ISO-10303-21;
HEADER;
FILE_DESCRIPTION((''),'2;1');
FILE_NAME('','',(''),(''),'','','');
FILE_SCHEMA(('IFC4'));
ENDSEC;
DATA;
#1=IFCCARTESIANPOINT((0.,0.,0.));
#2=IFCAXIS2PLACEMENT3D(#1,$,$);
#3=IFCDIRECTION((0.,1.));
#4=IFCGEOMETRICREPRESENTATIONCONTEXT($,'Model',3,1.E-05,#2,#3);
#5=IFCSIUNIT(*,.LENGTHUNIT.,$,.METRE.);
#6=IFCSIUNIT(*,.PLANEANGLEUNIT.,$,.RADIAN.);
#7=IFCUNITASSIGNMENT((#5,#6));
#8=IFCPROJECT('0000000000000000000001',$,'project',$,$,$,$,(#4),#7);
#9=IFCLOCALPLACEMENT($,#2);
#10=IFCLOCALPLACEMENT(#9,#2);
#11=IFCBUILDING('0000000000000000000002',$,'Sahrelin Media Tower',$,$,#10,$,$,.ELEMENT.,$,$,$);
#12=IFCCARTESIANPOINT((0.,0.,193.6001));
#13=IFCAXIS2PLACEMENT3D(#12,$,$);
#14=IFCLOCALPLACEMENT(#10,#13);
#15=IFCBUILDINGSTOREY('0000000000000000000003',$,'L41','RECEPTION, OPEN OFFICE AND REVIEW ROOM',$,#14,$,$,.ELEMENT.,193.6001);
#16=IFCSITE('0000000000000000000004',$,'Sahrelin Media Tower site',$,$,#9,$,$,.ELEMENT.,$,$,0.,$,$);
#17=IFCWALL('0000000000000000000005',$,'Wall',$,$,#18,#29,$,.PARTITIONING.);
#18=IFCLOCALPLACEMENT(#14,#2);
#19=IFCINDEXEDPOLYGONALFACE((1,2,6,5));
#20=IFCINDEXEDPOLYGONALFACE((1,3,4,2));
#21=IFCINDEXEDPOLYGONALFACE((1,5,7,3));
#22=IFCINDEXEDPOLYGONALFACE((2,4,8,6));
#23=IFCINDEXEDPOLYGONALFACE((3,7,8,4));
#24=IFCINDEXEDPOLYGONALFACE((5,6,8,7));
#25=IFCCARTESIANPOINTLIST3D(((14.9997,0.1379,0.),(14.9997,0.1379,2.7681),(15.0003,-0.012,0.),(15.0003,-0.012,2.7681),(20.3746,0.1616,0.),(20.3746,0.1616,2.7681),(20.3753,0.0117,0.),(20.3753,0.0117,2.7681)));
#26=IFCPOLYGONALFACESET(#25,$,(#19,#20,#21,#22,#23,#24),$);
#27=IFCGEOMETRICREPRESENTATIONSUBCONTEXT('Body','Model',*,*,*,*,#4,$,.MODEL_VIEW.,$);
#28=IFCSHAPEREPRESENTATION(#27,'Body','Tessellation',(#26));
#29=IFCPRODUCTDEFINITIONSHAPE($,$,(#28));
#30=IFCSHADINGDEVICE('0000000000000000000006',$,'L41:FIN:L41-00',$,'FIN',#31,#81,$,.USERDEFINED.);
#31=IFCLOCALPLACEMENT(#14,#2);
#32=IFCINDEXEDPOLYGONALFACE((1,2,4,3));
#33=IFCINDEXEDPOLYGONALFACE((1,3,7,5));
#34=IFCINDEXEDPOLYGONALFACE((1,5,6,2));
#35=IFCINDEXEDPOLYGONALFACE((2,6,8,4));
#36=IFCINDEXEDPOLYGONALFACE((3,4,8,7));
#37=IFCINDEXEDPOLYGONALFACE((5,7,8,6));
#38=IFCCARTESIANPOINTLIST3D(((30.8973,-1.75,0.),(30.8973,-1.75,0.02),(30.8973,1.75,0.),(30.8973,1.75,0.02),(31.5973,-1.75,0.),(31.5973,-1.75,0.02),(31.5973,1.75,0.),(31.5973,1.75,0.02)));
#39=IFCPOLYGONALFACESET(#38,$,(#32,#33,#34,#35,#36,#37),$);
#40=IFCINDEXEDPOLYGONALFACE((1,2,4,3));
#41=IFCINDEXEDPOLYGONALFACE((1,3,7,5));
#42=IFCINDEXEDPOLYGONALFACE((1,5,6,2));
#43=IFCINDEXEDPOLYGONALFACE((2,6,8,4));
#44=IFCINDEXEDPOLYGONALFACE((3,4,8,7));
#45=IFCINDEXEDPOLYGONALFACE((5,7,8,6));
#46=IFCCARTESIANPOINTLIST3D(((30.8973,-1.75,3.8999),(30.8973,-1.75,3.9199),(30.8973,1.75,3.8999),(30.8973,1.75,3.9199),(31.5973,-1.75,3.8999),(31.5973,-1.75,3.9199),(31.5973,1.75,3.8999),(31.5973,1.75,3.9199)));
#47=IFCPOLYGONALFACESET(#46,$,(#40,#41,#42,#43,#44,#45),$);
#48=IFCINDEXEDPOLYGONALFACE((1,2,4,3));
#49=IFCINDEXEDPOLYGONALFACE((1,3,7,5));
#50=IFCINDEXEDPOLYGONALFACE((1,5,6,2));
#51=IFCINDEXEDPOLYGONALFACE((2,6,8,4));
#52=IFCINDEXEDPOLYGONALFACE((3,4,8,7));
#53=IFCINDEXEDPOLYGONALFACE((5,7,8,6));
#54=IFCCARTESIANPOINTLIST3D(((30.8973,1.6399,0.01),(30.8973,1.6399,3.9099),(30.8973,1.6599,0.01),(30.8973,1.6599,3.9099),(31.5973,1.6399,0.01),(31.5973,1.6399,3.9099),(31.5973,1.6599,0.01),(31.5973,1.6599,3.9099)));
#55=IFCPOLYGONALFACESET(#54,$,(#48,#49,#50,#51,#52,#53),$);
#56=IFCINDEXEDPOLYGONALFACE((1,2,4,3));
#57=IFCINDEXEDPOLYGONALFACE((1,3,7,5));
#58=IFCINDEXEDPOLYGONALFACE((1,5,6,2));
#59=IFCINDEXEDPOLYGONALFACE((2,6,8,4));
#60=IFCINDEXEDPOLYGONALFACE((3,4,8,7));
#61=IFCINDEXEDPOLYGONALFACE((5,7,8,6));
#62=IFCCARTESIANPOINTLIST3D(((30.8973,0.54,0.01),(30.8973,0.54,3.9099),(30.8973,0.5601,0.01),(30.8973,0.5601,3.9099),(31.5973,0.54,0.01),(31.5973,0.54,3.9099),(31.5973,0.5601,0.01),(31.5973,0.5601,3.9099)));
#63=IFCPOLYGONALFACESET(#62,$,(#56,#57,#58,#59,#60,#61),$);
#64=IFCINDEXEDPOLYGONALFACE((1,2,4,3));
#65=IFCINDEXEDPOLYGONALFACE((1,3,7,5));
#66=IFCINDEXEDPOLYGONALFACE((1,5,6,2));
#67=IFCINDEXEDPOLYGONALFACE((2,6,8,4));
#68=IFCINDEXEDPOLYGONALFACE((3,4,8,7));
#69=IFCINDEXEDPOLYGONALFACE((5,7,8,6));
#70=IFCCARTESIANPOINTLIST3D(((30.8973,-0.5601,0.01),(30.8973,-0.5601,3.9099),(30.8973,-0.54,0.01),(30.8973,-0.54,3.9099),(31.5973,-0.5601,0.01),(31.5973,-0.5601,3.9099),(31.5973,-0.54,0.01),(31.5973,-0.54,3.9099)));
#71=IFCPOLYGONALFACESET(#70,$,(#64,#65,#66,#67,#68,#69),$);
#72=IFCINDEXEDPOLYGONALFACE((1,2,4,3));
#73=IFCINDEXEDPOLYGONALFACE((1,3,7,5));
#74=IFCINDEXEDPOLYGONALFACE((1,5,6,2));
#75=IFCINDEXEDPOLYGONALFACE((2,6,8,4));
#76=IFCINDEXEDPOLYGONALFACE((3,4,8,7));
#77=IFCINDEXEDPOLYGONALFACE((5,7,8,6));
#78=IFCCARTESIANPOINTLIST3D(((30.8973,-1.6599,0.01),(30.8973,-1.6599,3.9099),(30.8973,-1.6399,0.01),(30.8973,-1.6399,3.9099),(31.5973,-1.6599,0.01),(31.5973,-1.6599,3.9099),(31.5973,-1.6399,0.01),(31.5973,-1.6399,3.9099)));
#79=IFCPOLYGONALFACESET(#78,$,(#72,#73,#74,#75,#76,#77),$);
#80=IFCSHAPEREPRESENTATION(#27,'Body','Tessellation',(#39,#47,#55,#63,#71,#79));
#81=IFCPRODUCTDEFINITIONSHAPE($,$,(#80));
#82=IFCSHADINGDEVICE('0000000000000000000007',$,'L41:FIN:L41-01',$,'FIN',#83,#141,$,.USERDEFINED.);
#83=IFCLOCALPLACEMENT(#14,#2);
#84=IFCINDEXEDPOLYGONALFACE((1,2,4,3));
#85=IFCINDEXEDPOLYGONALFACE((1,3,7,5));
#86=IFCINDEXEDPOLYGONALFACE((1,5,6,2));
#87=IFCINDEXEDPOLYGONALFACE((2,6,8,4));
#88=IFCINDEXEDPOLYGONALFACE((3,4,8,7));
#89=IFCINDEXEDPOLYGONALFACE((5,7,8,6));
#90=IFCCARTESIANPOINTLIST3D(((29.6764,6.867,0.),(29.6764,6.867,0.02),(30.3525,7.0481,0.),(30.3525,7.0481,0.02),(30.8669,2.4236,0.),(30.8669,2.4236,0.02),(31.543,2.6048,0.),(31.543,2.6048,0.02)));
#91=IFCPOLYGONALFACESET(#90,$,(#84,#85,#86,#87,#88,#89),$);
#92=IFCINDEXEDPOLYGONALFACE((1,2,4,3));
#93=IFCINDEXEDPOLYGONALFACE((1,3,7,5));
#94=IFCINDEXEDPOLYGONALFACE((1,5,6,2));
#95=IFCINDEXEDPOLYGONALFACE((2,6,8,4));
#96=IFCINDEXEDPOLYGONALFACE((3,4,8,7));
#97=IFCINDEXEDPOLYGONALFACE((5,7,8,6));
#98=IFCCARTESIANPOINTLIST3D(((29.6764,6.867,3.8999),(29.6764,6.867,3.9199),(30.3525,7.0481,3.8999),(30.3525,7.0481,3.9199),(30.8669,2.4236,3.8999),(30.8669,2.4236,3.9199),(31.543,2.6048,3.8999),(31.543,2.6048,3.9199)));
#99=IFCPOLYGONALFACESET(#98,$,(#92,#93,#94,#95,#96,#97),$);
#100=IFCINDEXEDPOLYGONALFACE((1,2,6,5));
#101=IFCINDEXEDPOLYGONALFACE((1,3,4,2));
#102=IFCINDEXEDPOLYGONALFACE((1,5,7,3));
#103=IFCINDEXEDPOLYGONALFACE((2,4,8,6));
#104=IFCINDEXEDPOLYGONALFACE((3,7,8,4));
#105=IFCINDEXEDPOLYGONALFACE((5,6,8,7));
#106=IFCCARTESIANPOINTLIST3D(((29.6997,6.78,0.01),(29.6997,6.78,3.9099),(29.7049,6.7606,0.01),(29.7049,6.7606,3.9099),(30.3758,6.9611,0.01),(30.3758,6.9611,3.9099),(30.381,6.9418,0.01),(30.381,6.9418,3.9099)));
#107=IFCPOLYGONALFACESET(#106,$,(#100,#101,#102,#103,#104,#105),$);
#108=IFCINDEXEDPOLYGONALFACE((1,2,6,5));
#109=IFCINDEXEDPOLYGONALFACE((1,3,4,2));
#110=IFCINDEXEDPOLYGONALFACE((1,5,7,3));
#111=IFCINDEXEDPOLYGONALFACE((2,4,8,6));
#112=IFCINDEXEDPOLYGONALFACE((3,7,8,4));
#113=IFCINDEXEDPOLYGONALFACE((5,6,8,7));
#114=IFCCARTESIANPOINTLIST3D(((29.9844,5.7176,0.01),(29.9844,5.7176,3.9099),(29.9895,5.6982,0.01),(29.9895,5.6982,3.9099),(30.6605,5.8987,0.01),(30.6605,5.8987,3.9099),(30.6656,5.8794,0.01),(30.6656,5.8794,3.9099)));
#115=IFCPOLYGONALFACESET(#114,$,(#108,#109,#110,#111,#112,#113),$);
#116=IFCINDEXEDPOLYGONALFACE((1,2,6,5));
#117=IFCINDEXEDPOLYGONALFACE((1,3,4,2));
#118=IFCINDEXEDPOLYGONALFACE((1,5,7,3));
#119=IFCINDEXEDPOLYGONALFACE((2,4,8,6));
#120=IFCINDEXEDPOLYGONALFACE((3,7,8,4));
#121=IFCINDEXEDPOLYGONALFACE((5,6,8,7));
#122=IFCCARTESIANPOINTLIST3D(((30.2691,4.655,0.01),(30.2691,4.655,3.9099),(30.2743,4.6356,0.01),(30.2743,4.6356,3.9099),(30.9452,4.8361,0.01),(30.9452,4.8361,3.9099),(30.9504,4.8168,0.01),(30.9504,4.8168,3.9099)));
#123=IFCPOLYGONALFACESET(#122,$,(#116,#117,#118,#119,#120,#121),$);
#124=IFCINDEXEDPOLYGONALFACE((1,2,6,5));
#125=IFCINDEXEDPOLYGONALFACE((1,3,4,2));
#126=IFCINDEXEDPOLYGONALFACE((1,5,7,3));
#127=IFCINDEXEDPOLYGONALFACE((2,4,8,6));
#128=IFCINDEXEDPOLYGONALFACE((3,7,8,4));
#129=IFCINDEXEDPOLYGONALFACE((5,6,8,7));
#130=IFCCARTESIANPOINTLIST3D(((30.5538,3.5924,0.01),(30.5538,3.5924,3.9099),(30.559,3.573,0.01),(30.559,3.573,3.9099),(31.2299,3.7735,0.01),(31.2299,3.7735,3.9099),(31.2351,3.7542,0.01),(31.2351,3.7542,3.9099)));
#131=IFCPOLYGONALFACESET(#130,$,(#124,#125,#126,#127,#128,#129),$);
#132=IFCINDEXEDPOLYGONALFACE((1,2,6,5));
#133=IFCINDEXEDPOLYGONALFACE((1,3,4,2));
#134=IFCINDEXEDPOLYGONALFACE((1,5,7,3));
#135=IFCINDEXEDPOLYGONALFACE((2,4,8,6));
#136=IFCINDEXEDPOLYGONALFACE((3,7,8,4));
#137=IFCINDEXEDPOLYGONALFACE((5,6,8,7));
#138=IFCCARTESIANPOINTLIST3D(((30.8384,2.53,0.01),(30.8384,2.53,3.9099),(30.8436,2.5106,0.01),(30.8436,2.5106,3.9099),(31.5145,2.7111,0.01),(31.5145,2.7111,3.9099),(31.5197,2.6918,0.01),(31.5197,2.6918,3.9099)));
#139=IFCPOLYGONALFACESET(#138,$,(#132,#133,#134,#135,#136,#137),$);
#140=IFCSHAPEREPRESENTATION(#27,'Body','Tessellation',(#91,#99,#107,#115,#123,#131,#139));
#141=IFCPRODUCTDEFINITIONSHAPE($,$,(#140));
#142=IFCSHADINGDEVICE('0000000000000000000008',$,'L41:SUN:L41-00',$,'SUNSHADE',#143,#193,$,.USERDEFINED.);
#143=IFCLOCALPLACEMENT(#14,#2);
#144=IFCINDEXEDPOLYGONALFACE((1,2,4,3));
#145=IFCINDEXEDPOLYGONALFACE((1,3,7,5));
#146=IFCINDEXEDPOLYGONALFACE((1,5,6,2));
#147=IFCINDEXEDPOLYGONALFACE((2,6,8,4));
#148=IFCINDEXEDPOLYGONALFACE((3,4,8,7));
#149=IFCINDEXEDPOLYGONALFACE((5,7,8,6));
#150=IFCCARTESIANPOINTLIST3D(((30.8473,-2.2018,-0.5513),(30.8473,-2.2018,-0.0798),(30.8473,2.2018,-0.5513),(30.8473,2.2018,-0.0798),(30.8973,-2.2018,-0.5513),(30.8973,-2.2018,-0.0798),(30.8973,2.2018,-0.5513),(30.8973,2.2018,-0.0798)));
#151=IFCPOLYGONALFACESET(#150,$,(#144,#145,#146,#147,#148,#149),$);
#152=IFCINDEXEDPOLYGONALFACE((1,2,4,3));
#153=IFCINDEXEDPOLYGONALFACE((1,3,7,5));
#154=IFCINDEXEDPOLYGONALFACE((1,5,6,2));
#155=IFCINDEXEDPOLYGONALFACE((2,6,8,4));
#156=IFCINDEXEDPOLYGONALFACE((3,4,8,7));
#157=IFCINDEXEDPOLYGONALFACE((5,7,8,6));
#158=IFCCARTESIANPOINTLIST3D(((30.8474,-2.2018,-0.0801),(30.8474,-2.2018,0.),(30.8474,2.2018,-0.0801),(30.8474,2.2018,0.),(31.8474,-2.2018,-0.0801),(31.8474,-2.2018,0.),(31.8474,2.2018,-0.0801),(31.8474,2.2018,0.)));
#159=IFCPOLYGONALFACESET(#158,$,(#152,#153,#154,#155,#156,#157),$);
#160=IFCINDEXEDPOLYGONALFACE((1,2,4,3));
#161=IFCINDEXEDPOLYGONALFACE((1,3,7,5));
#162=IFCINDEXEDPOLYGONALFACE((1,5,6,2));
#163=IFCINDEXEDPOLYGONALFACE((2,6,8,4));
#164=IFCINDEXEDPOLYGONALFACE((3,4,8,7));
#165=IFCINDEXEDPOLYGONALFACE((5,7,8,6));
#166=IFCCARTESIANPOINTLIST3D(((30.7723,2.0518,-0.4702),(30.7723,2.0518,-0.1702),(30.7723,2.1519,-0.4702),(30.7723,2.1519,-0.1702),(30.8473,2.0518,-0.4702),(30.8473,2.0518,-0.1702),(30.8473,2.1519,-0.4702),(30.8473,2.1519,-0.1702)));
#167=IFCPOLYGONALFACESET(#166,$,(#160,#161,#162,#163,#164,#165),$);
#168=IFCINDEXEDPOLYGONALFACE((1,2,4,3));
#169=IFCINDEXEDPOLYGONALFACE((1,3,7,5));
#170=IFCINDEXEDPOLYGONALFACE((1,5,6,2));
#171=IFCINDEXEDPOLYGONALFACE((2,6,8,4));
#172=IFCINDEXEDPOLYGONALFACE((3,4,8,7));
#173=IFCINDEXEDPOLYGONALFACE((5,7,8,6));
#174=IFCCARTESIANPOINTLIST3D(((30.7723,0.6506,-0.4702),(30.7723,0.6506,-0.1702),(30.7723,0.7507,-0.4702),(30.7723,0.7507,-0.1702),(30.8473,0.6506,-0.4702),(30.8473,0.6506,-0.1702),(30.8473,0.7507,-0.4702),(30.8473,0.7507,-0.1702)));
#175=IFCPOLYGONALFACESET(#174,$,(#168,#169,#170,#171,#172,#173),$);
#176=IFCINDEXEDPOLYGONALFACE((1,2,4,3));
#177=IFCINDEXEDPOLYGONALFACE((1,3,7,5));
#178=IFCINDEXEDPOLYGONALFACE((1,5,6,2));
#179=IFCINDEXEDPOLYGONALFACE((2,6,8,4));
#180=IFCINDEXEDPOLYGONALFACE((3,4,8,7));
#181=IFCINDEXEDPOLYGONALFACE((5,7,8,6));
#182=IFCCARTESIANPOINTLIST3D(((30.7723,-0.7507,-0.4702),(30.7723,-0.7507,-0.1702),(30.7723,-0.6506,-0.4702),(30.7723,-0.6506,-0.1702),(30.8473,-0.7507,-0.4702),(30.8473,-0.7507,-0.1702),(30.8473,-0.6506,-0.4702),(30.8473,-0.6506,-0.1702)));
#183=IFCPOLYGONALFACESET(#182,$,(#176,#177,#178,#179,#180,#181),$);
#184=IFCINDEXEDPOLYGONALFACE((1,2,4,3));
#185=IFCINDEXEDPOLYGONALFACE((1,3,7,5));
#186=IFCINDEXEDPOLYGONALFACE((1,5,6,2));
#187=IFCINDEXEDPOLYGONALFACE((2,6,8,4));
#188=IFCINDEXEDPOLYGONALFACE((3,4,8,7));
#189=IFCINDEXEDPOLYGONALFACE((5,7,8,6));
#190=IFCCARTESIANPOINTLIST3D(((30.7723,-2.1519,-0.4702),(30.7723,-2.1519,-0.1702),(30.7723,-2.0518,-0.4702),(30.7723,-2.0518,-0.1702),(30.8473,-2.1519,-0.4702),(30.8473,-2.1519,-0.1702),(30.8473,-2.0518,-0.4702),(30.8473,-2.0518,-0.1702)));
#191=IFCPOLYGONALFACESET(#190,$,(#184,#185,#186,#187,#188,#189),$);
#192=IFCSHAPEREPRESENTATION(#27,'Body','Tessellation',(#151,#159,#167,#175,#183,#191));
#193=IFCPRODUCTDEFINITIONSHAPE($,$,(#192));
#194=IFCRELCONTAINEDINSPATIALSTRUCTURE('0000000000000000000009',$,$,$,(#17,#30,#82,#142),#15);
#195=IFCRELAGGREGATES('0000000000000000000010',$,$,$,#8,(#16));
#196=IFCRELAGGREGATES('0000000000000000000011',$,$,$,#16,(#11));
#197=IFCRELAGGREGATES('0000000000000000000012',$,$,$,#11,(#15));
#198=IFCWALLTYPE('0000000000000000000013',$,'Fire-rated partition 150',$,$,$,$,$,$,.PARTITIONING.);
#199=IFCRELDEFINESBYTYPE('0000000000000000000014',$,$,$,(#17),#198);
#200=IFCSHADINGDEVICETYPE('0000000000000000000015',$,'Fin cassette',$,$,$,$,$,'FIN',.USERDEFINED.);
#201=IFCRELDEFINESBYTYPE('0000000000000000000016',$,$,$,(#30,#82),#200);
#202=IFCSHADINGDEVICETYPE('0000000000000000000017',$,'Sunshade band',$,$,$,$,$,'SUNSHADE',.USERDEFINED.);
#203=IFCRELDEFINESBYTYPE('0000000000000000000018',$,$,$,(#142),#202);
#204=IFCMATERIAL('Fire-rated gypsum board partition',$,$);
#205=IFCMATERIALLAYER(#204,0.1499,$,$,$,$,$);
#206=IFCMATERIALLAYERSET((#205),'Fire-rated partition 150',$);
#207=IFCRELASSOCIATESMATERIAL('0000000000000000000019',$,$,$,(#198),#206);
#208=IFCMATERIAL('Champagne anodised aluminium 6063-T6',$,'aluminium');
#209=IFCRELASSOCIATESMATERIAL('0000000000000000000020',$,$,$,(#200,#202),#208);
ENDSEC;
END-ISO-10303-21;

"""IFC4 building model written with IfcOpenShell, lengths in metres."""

from ifc_helpers import new_model, si_unit, direction, frame, frame_2d, origin, origin_2d, place, context, subcontext, project, spatial, rectangle, extrude, material, layer, layer_set, type_object, element, save


model = new_model("IFC4")

# Units and contexts
model_context = context("Model", 3, precision=1e-05, world=origin(), true_north=direction((0.0, 1.0)))
body_context = subcontext(model_context, "Body", "Model", "MODEL_VIEW")
ifc_project = project(units=[si_unit("LENGTHUNIT", "METRE"), si_unit("PLANEANGLEUNIT", "RADIAN")], contexts=[model_context])

# Site, building, storey
site_placement = place(None, origin())
site = spatial("IfcSite", under=ifc_project, at=site_placement, Name="Sahrelin Media Tower site", CompositionType="ELEMENT", RefElevation=0.0)
building_placement = place(site_placement, origin())
building = spatial("IfcBuilding", under=site, at=building_placement, Name="Sahrelin Media Tower", CompositionType="ELEMENT")
storey_placement = place(building_placement, frame((0.0, 0.0, 193.6001)))
storey = spatial("IfcBuildingStorey", under=building, at=storey_placement, Name="L41", Description="RECEPTION, OPEN OFFICE AND REVIEW ROOM", CompositionType="ELEMENT", Elevation=193.6001)

# Shared definitions
ifc_material_1 = material(Name="Champagne anodised aluminium 6063-T6", Category="aluminium")

# Wall
ifc_material_2 = material(Name="Fire-rated gypsum board partition")
ifc_layer_1 = layer(ifc_material_2, 0.1499)
ifc_layer_set_1 = layer_set([ifc_layer_1], Name="Fire-rated partition 150")
wall_type = type_object("IfcWallType", Name="Fire-rated partition 150", PredefinedType="PARTITIONING", material=ifc_layer_set_1)
wall_placement = place(storey_placement, frame((15.0, 0.063, 0.0), z_axis=(0.0, 0.0, 1.0), x_axis=(0.99999, 0.004406, 0.0)))
element("IfcWall", 1, at=wall_placement, inside=storey, type_object=wall_type, Name="Wall", PredefinedType="PARTITIONING", context=body_context, shape_type="SweptSolid", body=[
    extrude(rectangle(XDim=5.375, YDim=0.1499, at=frame_2d((2.6875, 0.0))), origin(), (0.0, 0.0, 1.0), 2.7681),
])

# Shading devices
shading_device_type_1 = type_object("IfcShadingDeviceType", Name="Fin cassette", ElementType="FIN", PredefinedType="USERDEFINED", material=ifc_material_1)
placement_1 = place(storey_placement, frame((30.8274, 0.0, 0.0), z_axis=(0.0, 0.0, 1.0), x_axis=(0.0, -1.0, 0.0)))
element("IfcShadingDevice", 2, at=placement_1, inside=storey, type_object=shading_device_type_1, Name="L41:FIN:L41-00", ObjectType="FIN", PredefinedType="USERDEFINED", context=body_context, shape_type="SweptSolid", body=[
    extrude(rectangle(XDim=3.5, YDim=0.7, at=origin_2d()), frame((0.0, 0.4199, 0.0)), (0.0, 0.0, 1.0), 0.02),
    extrude(rectangle(XDim=3.5, YDim=0.7, at=origin_2d()), frame((0.0, 0.4199, 3.8999)), (0.0, 0.0, 1.0), 0.02),
    extrude(rectangle(XDim=0.02, YDim=0.7, at=origin_2d()), frame((-1.6499, 0.4199, 0.01), z_axis=(0.0, 0.0, 1.0), x_axis=(1.0, 0.0, 0.0)), (0.0, 0.0, 1.0), 3.8999),
    extrude(rectangle(XDim=0.02, YDim=0.7, at=origin_2d()), frame((-0.55, 0.4199, 0.01), z_axis=(0.0, 0.0, 1.0), x_axis=(1.0, 0.0, 0.0)), (0.0, 0.0, 1.0), 3.8999),
    extrude(rectangle(XDim=0.02, YDim=0.7, at=origin_2d()), frame((0.55, 0.4199, 0.01), z_axis=(0.0, 0.0, 1.0), x_axis=(1.0, 0.0, 0.0)), (0.0, 0.0, 1.0), 3.8999),
    extrude(rectangle(XDim=0.02, YDim=0.7, at=origin_2d()), frame((1.6499, 0.4199, 0.01), z_axis=(0.0, 0.0, 1.0), x_axis=(1.0, 0.0, 0.0)), (0.0, 0.0, 1.0), 3.8999),
])
placement_2 = place(storey_placement, frame((30.2041, 4.6272, 0.0), z_axis=(0.0, 0.0, 1.0), x_axis=(0.258808, -0.965929, 0.0)))
element("IfcShadingDevice", 3, at=placement_2, inside=storey, type_object=shading_device_type_1, Name="L41:FIN:L41-01", ObjectType="FIN", PredefinedType="USERDEFINED", context=body_context, shape_type="SweptSolid", body=[
    extrude(rectangle(XDim=4.6001, YDim=0.7, at=origin_2d()), frame((0.0, 0.4199, 0.0)), (0.0, 0.0, 1.0), 0.02),
    extrude(rectangle(XDim=4.6001, YDim=0.7, at=origin_2d()), frame((0.0, 0.4199, 3.8999)), (0.0, 0.0, 1.0), 0.02),
    extrude(rectangle(XDim=0.02, YDim=0.7, at=origin_2d()), frame((-2.2, 0.4199, 0.01), z_axis=(0.0, 0.0, 1.0), x_axis=(1.0, 0.0, 0.0)), (0.0, 0.0, 1.0), 3.8999),
    extrude(rectangle(XDim=0.02, YDim=0.7, at=origin_2d()), frame((-1.1001, 0.4199, 0.01), z_axis=(0.0, 0.0, 1.0), x_axis=(1.0, 0.0, 0.0)), (0.0, 0.0, 1.0), 3.8999),
    extrude(rectangle(XDim=0.02, YDim=0.7, at=origin_2d()), frame((0.0, 0.4199, 0.01), z_axis=(0.0, 0.0, 1.0), x_axis=(1.0, 0.0, 0.0)), (0.0, 0.0, 1.0), 3.8999),
    extrude(rectangle(XDim=0.02, YDim=0.7, at=origin_2d()), frame((1.1001, 0.4199, 0.01), z_axis=(0.0, 0.0, 1.0), x_axis=(1.0, 0.0, 0.0)), (0.0, 0.0, 1.0), 3.8999),
    extrude(rectangle(XDim=0.02, YDim=0.7, at=origin_2d()), frame((2.2, 0.4199, 0.01), z_axis=(0.0, 0.0, 1.0), x_axis=(1.0, 0.0, 0.0)), (0.0, 0.0, 1.0), 3.8999),
])
shading_device_type_2 = type_object("IfcShadingDeviceType", Name="Sunshade band", ElementType="SUNSHADE", PredefinedType="USERDEFINED", material=ifc_material_1)
element("IfcShadingDevice", 4, at=placement_1, inside=storey, type_object=shading_device_type_2, Name="L41:SUN:L41-00", ObjectType="SUNSHADE", PredefinedType="USERDEFINED", context=body_context, shape_type="SweptSolid", body=[
    extrude(rectangle(XDim=4.4036, YDim=0.05, at=origin_2d()), frame((0.0, 0.0449, -0.5513)), (0.0, 0.0, 1.0), 0.4714),
    extrude(rectangle(XDim=4.4036, YDim=1.0, at=origin_2d()), frame((0.0, 0.52, -0.0801)), (0.0, 0.0, 1.0), 0.0801),
    extrude(rectangle(XDim=0.1001, YDim=0.075, at=origin_2d()), frame((-2.1018, -0.0176, -0.4702)), (0.0, 0.0, 1.0), 0.3),
    extrude(rectangle(XDim=0.1001, YDim=0.075, at=origin_2d()), frame((-0.7007, -0.0176, -0.4702)), (0.0, 0.0, 1.0), 0.3),
    extrude(rectangle(XDim=0.1001, YDim=0.075, at=origin_2d()), frame((0.7007, -0.0176, -0.4702)), (0.0, 0.0, 1.0), 0.3),
    extrude(rectangle(XDim=0.1001, YDim=0.075, at=origin_2d()), frame((2.1018, -0.0176, -0.4702)), (0.0, 0.0, 1.0), 0.3),
])

save(model, "model.ifc")
